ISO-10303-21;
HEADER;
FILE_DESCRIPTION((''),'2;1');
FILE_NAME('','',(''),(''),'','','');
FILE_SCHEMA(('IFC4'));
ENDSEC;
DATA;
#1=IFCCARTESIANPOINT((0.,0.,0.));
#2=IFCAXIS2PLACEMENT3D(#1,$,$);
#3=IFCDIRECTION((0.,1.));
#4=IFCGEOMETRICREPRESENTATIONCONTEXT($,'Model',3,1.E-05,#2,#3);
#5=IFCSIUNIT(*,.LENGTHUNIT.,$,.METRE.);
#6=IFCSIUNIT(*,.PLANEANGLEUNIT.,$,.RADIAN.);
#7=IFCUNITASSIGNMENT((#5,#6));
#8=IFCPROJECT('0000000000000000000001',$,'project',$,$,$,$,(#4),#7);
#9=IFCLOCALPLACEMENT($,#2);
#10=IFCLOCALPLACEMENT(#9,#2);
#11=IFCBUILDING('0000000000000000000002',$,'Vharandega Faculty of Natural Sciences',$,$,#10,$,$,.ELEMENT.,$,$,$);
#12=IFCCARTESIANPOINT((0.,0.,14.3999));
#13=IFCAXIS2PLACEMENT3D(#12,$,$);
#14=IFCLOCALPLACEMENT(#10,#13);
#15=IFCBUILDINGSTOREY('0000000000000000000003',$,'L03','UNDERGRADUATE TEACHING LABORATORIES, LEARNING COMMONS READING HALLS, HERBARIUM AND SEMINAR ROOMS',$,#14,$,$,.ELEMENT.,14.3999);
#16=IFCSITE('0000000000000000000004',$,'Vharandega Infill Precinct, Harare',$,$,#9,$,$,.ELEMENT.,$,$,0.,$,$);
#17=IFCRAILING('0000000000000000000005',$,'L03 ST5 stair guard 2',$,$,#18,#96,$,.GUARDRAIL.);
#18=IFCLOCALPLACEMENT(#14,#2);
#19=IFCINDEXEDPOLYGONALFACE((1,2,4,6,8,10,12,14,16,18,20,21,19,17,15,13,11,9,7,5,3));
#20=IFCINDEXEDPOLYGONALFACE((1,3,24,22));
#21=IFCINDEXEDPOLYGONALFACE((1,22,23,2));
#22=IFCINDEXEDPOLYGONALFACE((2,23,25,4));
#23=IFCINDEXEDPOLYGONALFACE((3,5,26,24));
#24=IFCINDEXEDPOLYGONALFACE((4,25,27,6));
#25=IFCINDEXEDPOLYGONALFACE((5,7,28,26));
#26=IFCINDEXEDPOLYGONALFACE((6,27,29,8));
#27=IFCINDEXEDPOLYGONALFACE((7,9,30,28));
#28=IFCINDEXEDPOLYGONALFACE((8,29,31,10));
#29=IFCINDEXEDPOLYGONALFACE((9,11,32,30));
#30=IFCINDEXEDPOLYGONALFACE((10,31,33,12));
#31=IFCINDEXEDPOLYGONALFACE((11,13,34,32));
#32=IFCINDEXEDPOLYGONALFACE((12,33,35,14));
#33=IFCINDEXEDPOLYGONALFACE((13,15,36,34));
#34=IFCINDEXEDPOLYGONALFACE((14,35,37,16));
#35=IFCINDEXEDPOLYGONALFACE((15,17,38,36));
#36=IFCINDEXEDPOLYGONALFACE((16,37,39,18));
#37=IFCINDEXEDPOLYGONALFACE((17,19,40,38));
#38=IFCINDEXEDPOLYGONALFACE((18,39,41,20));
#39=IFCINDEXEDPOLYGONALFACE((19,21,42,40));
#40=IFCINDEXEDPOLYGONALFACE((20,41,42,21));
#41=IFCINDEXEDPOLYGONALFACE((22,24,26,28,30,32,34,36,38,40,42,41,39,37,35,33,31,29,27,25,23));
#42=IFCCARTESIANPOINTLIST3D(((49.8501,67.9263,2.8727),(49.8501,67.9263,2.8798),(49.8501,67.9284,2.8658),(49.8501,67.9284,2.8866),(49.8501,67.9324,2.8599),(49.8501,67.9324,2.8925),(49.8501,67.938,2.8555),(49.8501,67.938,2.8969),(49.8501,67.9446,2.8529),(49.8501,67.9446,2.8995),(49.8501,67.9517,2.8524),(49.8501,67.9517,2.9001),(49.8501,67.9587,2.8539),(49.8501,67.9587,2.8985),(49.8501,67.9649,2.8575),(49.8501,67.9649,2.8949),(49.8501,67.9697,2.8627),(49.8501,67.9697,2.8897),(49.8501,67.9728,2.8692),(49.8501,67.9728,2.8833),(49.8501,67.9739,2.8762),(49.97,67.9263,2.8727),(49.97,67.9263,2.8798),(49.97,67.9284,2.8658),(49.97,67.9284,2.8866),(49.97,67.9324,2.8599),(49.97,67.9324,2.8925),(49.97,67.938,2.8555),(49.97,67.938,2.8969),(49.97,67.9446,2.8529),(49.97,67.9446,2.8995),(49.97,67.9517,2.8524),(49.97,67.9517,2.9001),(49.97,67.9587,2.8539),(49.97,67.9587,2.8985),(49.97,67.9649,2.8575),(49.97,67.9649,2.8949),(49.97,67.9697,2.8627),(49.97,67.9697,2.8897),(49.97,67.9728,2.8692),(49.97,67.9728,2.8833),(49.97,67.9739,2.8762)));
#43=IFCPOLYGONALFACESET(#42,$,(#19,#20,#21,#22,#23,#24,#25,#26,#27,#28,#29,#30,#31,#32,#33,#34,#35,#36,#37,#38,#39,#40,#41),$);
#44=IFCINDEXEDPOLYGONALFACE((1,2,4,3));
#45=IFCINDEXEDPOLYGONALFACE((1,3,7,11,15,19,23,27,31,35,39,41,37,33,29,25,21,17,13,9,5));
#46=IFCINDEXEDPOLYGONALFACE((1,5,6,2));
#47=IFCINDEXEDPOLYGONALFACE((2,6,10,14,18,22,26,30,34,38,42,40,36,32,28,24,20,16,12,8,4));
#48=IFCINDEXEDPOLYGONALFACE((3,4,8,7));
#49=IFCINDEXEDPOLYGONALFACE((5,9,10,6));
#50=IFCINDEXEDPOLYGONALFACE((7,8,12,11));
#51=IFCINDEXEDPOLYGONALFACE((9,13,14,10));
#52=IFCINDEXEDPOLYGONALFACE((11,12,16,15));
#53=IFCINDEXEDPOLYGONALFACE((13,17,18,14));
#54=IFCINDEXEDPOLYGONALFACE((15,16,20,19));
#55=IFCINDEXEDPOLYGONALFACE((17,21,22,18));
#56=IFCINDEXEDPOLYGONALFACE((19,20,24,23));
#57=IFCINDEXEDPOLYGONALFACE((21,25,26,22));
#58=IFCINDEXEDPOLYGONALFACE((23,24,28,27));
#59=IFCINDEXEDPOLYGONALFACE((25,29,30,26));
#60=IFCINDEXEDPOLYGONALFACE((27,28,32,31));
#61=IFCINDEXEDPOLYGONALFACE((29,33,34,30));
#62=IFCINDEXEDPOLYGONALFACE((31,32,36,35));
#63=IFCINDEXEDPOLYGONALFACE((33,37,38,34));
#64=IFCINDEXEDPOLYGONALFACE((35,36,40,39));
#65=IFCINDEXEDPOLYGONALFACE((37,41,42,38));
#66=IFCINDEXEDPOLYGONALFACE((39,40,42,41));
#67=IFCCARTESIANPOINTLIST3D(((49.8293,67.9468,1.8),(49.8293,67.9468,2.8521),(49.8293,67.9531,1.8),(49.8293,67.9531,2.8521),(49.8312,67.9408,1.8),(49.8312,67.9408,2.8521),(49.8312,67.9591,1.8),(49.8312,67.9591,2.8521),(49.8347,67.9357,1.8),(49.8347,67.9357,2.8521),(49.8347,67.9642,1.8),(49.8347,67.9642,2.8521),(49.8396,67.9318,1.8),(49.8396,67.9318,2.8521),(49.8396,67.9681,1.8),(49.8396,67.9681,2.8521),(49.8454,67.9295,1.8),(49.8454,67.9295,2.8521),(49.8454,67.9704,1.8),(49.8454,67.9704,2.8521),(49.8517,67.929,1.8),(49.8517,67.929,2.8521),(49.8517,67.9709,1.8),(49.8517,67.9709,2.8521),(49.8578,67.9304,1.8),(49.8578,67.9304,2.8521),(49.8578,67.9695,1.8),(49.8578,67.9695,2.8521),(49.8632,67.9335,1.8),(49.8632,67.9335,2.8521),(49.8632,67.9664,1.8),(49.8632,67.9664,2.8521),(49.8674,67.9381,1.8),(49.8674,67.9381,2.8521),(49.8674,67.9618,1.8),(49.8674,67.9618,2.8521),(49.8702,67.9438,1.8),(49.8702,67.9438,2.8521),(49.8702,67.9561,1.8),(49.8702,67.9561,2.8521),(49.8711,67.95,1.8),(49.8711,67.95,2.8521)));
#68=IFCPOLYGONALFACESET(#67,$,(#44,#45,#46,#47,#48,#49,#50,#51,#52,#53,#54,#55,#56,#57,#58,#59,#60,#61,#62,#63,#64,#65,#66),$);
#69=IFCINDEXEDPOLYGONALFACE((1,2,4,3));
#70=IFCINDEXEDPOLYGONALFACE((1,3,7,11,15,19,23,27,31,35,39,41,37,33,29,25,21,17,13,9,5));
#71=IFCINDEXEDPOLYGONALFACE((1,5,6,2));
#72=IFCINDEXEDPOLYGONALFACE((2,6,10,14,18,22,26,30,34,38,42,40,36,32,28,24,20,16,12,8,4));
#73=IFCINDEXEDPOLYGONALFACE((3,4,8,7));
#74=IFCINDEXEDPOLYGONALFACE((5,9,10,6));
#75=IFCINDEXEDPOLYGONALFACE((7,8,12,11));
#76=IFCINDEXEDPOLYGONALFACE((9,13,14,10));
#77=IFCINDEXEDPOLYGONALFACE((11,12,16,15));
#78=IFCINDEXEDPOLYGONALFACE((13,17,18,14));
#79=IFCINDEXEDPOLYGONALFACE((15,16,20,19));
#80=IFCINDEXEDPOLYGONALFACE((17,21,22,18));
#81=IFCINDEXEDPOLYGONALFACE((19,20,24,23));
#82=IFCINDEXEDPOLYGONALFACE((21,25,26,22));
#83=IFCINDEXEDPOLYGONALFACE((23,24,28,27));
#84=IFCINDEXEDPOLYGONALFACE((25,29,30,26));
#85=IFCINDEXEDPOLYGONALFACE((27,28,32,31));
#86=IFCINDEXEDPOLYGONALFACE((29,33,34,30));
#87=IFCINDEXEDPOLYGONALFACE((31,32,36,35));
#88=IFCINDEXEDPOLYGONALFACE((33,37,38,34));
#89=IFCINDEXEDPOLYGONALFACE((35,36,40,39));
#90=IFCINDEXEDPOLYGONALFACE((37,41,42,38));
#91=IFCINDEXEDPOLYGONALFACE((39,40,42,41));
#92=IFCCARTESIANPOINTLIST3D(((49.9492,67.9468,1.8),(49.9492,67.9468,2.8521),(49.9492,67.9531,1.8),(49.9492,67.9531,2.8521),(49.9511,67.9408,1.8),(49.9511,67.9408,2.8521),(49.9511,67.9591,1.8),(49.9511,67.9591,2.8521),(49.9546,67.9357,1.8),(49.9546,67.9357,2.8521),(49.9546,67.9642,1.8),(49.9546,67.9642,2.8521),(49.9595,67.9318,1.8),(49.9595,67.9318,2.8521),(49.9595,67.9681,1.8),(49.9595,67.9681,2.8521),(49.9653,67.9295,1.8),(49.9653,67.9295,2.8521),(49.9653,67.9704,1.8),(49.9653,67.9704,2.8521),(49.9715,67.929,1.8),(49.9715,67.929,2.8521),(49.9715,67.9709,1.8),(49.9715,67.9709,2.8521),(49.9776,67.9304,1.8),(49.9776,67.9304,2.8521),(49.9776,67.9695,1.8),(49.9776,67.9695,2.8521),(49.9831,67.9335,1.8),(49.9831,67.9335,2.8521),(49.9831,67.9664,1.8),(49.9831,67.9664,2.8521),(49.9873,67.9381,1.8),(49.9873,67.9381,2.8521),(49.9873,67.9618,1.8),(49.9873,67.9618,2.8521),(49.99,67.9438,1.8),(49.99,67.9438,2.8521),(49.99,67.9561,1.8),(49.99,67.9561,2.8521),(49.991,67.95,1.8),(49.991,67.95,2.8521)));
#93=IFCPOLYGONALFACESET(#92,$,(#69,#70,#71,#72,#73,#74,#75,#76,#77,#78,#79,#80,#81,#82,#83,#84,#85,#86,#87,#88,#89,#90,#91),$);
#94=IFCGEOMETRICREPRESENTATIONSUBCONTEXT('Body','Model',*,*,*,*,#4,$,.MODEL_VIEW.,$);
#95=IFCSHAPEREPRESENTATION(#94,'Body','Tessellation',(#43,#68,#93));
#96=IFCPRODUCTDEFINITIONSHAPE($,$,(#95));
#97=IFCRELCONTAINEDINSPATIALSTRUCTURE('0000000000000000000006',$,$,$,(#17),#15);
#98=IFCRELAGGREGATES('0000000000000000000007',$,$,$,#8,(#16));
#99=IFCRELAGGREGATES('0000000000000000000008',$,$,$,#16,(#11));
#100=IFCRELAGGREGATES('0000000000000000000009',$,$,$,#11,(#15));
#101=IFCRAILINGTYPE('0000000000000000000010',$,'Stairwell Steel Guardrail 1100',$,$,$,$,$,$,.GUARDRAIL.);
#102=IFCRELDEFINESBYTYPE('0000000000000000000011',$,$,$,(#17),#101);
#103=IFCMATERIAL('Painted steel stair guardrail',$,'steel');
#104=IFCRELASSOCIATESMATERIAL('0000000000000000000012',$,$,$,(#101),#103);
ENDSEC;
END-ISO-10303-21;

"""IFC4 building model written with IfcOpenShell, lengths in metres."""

from ifc_helpers import new_model, si_unit, direction, frame, origin, origin_2d, place, context, subcontext, project, spatial, circle, extrude, material, type_object, element, save


model = new_model("IFC4")

# Units and contexts
model_context = context("Model", 3, precision=1e-05, world=origin(), true_north=direction((0.0, 1.0)))
body_context = subcontext(model_context, "Body", "Model", "MODEL_VIEW")
ifc_project = project(units=[si_unit("LENGTHUNIT", "METRE"), si_unit("PLANEANGLEUNIT", "RADIAN")], contexts=[model_context])

# Site, building, storey
site_placement = place(None, origin())
site = spatial("IfcSite", under=ifc_project, at=site_placement, Name="Vharandega Infill Precinct, Harare", CompositionType="ELEMENT", RefElevation=0.0)
building_placement = place(site_placement, origin())
building = spatial("IfcBuilding", under=site, at=building_placement, Name="Vharandega Faculty of Natural Sciences", CompositionType="ELEMENT")
storey_placement = place(building_placement, frame((0.0, 0.0, 14.3999)))
storey = spatial("IfcBuildingStorey", under=building, at=storey_placement, Name="L03", Description="UNDERGRADUATE TEACHING LABORATORIES, LEARNING COMMONS READING HALLS, HERBARIUM AND SEMINAR ROOMS", CompositionType="ELEMENT", Elevation=14.3999)

# Railing
ifc_material_1 = material(Name="Painted steel stair guardrail", Category="steel")
railing_type_1 = type_object("IfcRailingType", Name="Stairwell Steel Guardrail 1100", PredefinedType="GUARDRAIL", material=ifc_material_1)
railing_1_placement = place(storey_placement, frame((49.8501, 67.95, 1.8)))
element("IfcRailing", 1, at=railing_1_placement, inside=storey, type_object=railing_type_1, Name="L03 ST5 stair guard 2", PredefinedType="GUARDRAIL", context=body_context, shape_type="SweptSolid", body=[
    extrude(circle(Radius=0.0239, at=origin_2d()), frame((0.0, 0.0, 1.0762), z_axis=(1.0, 0.0, 0.0), x_axis=(0.0, 1.0, 0.0)), (0.0, 0.0, 1.0), 0.1199),
    extrude(circle(Radius=0.021, at=origin_2d()), origin(), (0.0, 0.0, 1.0), 1.052),
    extrude(circle(Radius=0.021, at=origin_2d()), frame((0.1199, 0.0, 0.0)), (0.0, 0.0, 1.0), 1.052),
])

save(model, "model.ifc")
